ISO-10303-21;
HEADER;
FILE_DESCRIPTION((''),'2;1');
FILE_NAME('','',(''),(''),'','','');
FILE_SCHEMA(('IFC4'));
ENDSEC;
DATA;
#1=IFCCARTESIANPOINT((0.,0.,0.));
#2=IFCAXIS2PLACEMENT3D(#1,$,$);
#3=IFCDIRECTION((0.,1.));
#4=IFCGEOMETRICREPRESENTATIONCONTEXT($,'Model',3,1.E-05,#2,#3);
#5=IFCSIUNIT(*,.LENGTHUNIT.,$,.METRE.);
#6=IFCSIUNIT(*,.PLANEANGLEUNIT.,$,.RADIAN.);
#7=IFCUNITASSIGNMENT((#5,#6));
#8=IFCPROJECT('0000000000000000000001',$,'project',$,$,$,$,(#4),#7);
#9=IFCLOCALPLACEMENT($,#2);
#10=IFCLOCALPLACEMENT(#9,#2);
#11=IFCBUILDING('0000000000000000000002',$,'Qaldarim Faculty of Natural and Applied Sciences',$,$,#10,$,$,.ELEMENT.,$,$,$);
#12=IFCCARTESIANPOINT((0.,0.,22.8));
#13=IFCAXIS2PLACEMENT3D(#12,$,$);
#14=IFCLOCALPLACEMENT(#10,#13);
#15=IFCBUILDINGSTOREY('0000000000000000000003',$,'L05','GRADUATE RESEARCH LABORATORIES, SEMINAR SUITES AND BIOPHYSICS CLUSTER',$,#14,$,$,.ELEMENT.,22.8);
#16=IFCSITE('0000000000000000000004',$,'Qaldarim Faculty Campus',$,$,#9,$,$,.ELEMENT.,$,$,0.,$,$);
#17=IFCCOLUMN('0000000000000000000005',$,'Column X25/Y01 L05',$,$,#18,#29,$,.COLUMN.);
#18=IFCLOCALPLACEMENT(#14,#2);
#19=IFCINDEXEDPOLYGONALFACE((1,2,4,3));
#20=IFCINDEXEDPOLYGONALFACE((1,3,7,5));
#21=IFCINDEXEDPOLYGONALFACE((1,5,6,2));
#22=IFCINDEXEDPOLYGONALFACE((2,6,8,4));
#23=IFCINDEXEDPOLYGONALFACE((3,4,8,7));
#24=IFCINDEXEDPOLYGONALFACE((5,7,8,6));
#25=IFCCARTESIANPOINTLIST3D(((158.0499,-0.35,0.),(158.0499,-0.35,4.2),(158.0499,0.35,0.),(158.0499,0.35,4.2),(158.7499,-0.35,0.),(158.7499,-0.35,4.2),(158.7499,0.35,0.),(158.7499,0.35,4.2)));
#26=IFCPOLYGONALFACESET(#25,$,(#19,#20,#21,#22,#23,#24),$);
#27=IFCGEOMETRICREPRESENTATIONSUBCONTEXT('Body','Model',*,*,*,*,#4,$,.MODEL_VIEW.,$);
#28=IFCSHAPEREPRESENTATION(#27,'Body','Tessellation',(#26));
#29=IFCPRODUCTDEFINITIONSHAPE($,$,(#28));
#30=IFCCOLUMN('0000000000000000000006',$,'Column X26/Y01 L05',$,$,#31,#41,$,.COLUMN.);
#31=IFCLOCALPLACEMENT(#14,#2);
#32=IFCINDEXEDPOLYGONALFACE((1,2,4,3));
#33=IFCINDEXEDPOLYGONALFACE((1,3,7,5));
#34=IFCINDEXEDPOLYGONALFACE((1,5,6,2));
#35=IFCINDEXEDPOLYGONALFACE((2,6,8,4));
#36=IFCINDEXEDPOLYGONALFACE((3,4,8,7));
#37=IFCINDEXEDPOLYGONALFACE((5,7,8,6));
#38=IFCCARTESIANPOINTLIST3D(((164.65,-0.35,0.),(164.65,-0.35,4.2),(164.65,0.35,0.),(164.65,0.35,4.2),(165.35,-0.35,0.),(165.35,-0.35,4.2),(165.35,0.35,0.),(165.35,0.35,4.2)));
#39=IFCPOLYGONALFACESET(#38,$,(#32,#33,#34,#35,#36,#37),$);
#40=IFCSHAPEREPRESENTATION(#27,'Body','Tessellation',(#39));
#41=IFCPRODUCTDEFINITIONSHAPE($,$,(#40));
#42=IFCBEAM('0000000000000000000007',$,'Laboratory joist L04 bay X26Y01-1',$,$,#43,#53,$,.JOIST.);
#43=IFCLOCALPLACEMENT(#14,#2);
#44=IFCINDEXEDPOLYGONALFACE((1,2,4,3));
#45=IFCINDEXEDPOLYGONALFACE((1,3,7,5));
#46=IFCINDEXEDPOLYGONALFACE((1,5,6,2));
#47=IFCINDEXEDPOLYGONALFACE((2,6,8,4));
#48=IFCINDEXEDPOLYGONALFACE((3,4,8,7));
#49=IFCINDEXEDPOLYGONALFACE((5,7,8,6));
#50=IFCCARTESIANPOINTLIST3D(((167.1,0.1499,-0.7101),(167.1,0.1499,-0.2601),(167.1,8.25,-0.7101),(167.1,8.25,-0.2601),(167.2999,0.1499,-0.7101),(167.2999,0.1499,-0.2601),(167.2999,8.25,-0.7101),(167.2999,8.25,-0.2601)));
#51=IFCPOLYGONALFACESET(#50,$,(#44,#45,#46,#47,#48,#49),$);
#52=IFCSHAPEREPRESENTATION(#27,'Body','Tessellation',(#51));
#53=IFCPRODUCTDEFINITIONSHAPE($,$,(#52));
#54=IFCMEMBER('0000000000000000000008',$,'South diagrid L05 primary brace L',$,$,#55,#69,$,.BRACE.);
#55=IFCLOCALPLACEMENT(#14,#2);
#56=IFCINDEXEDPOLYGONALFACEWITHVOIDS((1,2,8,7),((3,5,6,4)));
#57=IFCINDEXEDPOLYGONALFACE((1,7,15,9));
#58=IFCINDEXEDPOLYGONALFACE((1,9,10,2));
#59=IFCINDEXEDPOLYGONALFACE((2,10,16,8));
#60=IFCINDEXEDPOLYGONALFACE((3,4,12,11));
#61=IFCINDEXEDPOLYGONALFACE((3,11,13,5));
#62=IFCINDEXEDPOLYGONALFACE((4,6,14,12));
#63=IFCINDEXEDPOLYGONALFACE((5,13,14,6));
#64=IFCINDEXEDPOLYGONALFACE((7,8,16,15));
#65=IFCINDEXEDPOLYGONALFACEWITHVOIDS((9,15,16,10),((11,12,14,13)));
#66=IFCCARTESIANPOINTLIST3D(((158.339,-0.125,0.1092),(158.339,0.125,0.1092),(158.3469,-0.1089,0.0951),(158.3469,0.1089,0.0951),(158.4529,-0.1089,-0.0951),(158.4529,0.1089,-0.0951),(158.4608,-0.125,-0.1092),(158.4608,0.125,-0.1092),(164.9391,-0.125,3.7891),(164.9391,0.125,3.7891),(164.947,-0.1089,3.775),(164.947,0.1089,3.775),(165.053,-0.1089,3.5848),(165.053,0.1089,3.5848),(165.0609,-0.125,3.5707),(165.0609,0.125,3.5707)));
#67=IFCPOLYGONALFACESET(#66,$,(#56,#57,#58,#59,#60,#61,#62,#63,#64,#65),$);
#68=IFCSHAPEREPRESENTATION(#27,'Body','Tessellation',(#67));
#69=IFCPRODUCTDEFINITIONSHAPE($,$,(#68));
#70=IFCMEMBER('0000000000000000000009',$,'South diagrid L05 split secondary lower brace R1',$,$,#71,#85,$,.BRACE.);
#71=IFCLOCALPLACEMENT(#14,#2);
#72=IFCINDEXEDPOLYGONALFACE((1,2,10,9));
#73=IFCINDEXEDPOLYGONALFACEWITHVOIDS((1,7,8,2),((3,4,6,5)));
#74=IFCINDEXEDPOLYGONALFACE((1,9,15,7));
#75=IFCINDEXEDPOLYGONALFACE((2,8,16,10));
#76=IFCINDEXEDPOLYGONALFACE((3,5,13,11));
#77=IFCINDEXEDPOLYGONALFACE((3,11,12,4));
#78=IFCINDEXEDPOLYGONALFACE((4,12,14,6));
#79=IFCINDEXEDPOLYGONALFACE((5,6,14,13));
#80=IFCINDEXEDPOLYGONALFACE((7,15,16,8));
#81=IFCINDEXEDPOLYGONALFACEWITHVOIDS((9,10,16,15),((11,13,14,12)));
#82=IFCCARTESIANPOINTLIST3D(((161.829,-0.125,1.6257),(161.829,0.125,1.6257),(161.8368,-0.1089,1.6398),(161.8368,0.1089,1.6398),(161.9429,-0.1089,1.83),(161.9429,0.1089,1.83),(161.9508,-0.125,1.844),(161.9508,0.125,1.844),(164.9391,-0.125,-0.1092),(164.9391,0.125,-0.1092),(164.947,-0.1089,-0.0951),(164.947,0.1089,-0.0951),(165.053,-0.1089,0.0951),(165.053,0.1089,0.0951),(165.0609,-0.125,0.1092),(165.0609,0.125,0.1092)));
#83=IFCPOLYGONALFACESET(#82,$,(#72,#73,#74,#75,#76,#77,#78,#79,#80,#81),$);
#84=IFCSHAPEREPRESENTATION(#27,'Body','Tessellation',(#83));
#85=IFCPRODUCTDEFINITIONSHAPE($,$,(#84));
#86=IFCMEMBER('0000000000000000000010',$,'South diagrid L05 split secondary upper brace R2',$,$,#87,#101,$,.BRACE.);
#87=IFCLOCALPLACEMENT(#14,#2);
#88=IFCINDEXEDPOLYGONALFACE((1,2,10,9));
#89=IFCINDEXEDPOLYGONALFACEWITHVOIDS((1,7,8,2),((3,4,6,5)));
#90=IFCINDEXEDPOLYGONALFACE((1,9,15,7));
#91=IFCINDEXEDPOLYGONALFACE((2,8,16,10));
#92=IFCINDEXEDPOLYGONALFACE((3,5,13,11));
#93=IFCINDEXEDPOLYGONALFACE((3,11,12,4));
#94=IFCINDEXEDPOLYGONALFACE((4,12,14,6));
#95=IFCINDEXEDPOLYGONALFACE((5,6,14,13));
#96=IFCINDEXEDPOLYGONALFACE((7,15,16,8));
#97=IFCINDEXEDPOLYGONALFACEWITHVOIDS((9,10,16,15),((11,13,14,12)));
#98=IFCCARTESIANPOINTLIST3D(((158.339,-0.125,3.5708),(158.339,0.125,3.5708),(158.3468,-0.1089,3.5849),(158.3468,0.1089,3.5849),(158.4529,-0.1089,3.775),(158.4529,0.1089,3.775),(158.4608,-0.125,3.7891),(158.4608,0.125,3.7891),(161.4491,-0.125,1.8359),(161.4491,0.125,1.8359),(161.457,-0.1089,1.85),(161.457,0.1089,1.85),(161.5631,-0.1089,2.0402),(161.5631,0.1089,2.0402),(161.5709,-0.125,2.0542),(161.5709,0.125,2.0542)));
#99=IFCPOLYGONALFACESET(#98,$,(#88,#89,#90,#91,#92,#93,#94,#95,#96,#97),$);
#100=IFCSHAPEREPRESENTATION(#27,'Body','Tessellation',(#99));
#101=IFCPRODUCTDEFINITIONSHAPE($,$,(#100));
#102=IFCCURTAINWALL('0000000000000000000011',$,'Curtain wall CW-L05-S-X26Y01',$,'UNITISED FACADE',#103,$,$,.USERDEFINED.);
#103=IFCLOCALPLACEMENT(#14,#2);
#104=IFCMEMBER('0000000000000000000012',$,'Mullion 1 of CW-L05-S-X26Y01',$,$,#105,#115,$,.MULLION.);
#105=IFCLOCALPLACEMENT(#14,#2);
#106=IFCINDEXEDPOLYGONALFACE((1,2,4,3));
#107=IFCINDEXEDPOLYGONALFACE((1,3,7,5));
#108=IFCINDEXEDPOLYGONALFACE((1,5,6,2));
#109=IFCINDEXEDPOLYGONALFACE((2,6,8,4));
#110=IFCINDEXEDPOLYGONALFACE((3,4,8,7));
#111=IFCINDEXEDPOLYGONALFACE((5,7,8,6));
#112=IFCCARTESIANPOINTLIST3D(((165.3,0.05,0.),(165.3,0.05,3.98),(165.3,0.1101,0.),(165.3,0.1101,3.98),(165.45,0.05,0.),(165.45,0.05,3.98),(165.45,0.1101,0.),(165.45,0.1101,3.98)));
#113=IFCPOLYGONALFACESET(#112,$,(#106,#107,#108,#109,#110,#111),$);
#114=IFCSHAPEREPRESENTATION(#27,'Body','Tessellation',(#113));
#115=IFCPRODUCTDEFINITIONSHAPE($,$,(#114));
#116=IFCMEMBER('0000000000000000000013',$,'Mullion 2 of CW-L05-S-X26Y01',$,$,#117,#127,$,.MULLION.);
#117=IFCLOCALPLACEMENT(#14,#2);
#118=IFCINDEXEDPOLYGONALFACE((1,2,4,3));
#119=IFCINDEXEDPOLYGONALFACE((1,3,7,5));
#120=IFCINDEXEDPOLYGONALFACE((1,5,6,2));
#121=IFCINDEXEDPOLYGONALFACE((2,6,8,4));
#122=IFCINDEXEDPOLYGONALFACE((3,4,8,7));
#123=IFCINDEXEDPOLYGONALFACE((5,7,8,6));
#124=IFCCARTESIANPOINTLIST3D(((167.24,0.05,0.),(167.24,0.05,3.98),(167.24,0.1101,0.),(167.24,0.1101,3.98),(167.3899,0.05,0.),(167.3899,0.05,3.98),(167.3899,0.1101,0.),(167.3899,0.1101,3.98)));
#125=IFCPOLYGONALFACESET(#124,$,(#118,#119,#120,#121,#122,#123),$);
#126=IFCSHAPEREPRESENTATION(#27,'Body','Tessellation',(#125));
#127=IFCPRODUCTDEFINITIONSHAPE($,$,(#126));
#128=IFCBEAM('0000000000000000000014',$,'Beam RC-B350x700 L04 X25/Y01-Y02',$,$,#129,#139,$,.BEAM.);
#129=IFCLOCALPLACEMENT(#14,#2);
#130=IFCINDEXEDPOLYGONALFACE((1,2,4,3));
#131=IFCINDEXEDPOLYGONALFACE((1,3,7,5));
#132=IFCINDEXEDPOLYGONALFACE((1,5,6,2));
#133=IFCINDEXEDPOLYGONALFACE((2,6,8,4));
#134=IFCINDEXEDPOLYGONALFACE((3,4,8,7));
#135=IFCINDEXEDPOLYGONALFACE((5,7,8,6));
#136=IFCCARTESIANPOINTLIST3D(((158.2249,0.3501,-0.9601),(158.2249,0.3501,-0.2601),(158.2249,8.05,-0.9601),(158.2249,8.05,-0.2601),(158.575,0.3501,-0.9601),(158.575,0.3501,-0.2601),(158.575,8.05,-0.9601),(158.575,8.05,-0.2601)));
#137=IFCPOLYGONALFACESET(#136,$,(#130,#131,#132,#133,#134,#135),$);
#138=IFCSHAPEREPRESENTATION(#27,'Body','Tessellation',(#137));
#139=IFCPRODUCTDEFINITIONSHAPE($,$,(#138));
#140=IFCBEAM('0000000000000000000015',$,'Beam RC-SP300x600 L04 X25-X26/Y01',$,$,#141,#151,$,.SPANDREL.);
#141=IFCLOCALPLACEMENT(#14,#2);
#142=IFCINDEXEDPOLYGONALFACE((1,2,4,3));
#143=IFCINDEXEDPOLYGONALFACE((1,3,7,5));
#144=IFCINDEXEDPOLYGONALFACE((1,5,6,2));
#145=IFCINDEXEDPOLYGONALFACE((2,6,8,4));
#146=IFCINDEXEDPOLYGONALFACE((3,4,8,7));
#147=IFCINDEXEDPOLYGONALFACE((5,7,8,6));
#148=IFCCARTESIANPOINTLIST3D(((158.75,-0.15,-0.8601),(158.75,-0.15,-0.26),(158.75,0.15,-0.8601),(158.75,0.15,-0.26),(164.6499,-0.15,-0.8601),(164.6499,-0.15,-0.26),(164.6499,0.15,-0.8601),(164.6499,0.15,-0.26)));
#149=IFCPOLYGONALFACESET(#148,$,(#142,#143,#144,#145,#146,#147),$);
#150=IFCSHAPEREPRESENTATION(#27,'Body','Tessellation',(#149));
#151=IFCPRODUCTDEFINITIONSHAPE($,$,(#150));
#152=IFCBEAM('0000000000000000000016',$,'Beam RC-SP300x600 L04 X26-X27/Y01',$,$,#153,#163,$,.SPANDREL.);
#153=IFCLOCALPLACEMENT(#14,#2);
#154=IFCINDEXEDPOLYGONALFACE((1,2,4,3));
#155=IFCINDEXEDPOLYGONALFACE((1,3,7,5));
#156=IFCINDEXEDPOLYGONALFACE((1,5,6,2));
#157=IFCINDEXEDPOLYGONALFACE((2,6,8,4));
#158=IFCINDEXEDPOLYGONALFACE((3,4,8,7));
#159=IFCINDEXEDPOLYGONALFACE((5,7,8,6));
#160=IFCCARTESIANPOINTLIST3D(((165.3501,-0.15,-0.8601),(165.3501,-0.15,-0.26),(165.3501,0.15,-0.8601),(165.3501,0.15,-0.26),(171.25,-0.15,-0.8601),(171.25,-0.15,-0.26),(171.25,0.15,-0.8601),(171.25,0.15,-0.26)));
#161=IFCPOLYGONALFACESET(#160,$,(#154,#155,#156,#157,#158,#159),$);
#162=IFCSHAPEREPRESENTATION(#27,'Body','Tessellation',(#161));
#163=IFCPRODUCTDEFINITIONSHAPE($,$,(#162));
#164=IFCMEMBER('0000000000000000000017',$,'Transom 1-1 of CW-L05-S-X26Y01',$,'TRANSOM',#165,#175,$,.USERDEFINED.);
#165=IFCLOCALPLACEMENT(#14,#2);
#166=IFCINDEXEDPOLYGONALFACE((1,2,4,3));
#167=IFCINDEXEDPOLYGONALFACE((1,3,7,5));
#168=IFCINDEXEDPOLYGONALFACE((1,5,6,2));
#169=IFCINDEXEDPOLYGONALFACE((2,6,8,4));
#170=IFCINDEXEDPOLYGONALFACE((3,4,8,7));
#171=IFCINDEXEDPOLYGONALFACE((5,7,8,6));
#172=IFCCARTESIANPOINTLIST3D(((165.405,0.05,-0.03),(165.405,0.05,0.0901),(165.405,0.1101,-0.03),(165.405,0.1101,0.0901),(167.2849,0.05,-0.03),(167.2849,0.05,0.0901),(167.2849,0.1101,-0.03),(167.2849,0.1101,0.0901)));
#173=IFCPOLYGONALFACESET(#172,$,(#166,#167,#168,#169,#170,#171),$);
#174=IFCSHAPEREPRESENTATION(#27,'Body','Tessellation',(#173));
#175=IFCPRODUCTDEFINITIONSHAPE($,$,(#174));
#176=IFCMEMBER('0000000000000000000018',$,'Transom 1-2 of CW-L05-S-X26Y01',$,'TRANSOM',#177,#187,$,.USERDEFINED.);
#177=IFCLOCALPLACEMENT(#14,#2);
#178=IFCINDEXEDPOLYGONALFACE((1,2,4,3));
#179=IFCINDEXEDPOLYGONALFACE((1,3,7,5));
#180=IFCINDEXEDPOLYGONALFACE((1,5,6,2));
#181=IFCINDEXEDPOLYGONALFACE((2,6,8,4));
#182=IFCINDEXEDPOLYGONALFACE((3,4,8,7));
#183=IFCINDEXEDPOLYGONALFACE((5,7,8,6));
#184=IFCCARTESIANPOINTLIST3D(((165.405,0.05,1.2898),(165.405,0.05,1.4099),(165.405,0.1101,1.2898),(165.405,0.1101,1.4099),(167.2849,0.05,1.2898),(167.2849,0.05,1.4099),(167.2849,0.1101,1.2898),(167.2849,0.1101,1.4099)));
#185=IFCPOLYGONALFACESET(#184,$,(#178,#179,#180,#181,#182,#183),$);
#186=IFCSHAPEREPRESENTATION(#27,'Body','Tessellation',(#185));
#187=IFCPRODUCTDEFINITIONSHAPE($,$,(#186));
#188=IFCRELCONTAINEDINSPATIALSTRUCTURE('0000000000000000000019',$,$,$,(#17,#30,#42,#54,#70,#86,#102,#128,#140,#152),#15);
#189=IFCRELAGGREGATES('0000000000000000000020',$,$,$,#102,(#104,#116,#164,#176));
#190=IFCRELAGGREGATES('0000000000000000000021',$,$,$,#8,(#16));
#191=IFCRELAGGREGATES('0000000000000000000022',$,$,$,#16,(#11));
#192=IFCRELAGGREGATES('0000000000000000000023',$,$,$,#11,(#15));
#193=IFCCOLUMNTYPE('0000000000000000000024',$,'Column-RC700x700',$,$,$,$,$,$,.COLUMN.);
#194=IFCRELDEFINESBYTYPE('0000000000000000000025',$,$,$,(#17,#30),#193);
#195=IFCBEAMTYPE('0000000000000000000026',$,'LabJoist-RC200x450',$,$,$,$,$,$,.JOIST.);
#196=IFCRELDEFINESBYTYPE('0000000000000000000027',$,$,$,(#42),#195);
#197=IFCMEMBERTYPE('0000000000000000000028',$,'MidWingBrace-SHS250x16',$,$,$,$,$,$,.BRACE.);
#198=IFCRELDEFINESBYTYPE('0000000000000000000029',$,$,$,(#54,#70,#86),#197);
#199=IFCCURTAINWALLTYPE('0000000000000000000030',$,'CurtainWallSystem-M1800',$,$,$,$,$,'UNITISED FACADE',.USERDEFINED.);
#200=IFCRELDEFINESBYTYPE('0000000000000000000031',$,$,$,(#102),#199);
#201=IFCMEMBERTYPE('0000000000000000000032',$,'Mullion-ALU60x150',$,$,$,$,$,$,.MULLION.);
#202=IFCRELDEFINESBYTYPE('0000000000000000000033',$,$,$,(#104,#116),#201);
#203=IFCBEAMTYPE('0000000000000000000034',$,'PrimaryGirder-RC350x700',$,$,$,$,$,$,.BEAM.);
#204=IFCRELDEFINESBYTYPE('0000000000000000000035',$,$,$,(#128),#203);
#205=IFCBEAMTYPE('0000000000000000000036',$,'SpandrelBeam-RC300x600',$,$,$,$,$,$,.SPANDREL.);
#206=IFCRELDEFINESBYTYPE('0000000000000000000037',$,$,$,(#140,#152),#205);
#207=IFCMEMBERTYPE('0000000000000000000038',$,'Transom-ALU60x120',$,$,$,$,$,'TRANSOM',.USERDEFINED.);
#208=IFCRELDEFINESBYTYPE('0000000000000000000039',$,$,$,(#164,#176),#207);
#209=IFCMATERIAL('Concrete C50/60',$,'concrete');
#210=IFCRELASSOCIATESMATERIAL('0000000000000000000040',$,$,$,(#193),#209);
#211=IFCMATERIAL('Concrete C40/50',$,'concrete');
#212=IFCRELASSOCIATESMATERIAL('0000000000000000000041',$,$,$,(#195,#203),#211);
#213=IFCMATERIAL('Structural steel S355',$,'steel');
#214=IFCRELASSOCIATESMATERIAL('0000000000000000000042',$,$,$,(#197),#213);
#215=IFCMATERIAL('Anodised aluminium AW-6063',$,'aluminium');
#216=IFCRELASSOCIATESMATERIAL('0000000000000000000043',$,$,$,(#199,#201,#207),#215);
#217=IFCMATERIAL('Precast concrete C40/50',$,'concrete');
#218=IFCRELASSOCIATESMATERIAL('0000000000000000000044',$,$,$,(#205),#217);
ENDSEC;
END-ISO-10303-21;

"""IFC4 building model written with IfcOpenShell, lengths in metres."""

from ifc_helpers import new_model, si_unit, direction, frame, origin, origin_2d, place, context, subcontext, project, spatial, rectangle, hollow_rectangle, extrude, material, material_profile, profile_set, type_object, element, aggregate, save


model = new_model("IFC4")

# Units and contexts
model_context = context("Model", 3, precision=1e-05, world=origin(), true_north=direction((0.0, 1.0)))
body_context = subcontext(model_context, "Body", "Model", "MODEL_VIEW")
ifc_project = project(units=[si_unit("LENGTHUNIT", "METRE"), si_unit("PLANEANGLEUNIT", "RADIAN")], contexts=[model_context])

# Site, building, storey
site_placement = place(None, origin())
site = spatial("IfcSite", under=ifc_project, at=site_placement, Name="Qaldarim Faculty Campus", CompositionType="ELEMENT", RefElevation=0.0)
building_placement = place(site_placement, origin())
building = spatial("IfcBuilding", under=site, at=building_placement, Name="Qaldarim Faculty of Natural and Applied Sciences", CompositionType="ELEMENT")
storey_placement = place(building_placement, frame((0.0, 0.0, 22.8)))
storey = spatial("IfcBuildingStorey", under=building, at=storey_placement, Name="L05", Description="GRADUATE RESEARCH LABORATORIES, SEMINAR SUITES AND BIOPHYSICS CLUSTER", CompositionType="ELEMENT", Elevation=22.8)

# Columns
ifc_material_1 = material(Name="Concrete C50/60", Category="concrete")
ifc_material_profile_1 = material_profile(ifc_material_1, rectangle(XDim=0.7, YDim=0.7, at=origin_2d()), Name="RC-C700x700")
ifc_profile_set_1 = profile_set([ifc_material_profile_1], Name="Concrete C50/60")
column_type = type_object("IfcColumnType", Name="Column-RC700x700", PredefinedType="COLUMN", material=ifc_profile_set_1)
for number, where, z_axis, x_axis, name in (
    (1, (158.3999, 0.0, 0.0), (0.0, 0.0, 1.0), (1.0, 0.0, 0.0), "Column X25/Y01 L05"),
    (2, (165.0, 0.0, 0.0), (0.0, 0.0, 1.0), (1.0, 0.0, 0.0), "Column X26/Y01 L05"),
):
    element("IfcColumn", number, at=place(storey_placement, frame(where, z_axis=z_axis, x_axis=x_axis)), inside=storey, type_object=column_type, Name=name, PredefinedType="COLUMN", context=body_context, shape_type="SweptSolid", body=[
        extrude(rectangle(XDim=0.7, YDim=0.7, at=origin_2d()), origin(), (0.0, 0.0, 1.0), 4.2),
    ])

# Beam
ifc_material_2 = material(Name="Concrete C40/50", Category="concrete")
ifc_material_profile_2 = material_profile(ifc_material_2, rectangle(XDim=0.2, YDim=0.45, at=origin_2d()), Name="RC-J200x450")
ifc_profile_set_2 = profile_set([ifc_material_profile_2], Name="Concrete C40/50")
beam_type_1 = type_object("IfcBeamType", Name="LabJoist-RC200x450", PredefinedType="JOIST", material=ifc_profile_set_2)
beam_1_placement = place(storey_placement, frame((167.2, 0.1499, -0.4851), z_axis=(0.0, 1.0, 0.0), x_axis=(-1.0, 0.0, 0.0)))
element("IfcBeam", 3, at=beam_1_placement, inside=storey, type_object=beam_type_1, Name="Laboratory joist L04 bay X26Y01-1", PredefinedType="JOIST", context=body_context, shape_type="SweptSolid", body=[
    extrude(rectangle(XDim=0.2, YDim=0.45, at=origin_2d()), origin(), (0.0, 0.0, 1.0), 8.1001),
])

# Members
ifc_material_3 = material(Name="Structural steel S355", Category="steel")
ifc_material_profile_3 = material_profile(ifc_material_3, hollow_rectangle(XDim=0.25, YDim=0.25, WallThickness=0.0161, at=origin_2d()), Name="SHS 250x250x16.0")
ifc_profile_set_3 = profile_set([ifc_material_profile_3], Name="Structural steel S355")
member_type_1 = type_object("IfcMemberType", Name="MidWingBrace-SHS250x16", PredefinedType="BRACE", material=ifc_profile_set_3)
member_1_placement = place(storey_placement, frame((158.3999, 0.0, 0.0), z_axis=(0.873414, 0.0, 0.486978), x_axis=(0.0, 1.0, 0.0)))
element("IfcMember", 4, at=member_1_placement, inside=storey, type_object=member_type_1, Name="South diagrid L05 primary brace L", PredefinedType="BRACE", context=body_context, shape_type="SweptSolid", body=[
    extrude(hollow_rectangle(XDim=0.25, YDim=0.25, WallThickness=0.0161, at=origin_2d()), origin(), (0.0, 0.0, 1.0), 7.5566),
])
for number, where, z_axis, x_axis, name in (
    (5, (165.0, 0.0, 0.0), (-0.873318, 0.0, 0.48715), (0.0, -1.0, 0.0), "South diagrid L05 split secondary lower brace R1"),
    (6, (161.51, 0.0, 1.9451), (-0.873318, 0.0, 0.48715), (0.0, -1.0, 0.0), "South diagrid L05 split secondary upper brace R2"),
):
    element("IfcMember", number, at=place(storey_placement, frame(where, z_axis=z_axis, x_axis=x_axis)), inside=storey, type_object=member_type_1, Name=name, PredefinedType="BRACE", context=body_context, shape_type="SweptSolid", body=[
        extrude(hollow_rectangle(XDim=0.25, YDim=0.25, WallThickness=0.0161, at=origin_2d()), origin(), (0.0, 0.0, 1.0), 3.5613),
    ])

# Curtain wall, members
ifc_material_4 = material(Name="Anodised aluminium AW-6063", Category="aluminium")
curtain_wall_type = type_object("IfcCurtainWallType", Name="CurtainWallSystem-M1800", ElementType="UNITISED FACADE", PredefinedType="USERDEFINED", material=ifc_material_4)
curtain_wall_placement = place(storey_placement, origin())
curtain_wall = element("IfcCurtainWall", 7, at=curtain_wall_placement, inside=storey, type_object=curtain_wall_type, Name="Curtain wall CW-L05-S-X26Y01", ObjectType="UNITISED FACADE", PredefinedType="USERDEFINED")
ifc_material_profile_4 = material_profile(ifc_material_4, rectangle(XDim=0.0601, YDim=0.1499, at=origin_2d()), Name="ALU-M60x150")
ifc_profile_set_4 = profile_set([ifc_material_profile_4], Name="Anodised aluminium AW-6063")
member_type_2 = type_object("IfcMemberType", Name="Mullion-ALU60x150", PredefinedType="MULLION", material=ifc_profile_set_4)
member_2_placement = place(storey_placement, frame((165.375, 0.0801, 0.0), z_axis=(0.0, 0.0, 1.0), x_axis=(0.0, 1.0, 0.0)))
member_2 = element("IfcMember", 8, at=member_2_placement, type_object=member_type_2, Name="Mullion 1 of CW-L05-S-X26Y01", PredefinedType="MULLION", context=body_context, shape_type="SweptSolid", body=[
    extrude(rectangle(XDim=0.0601, YDim=0.1499, at=origin_2d()), origin(), (0.0, 0.0, 1.0), 3.98),
])
member_3_placement = place(storey_placement, frame((167.3149, 0.0801, 0.0), z_axis=(0.0, 0.0, 1.0), x_axis=(0.0, 1.0, 0.0)))
member_3 = element("IfcMember", 9, at=member_3_placement, type_object=member_type_2, Name="Mullion 2 of CW-L05-S-X26Y01", PredefinedType="MULLION", context=body_context, shape_type="SweptSolid", body=[
    extrude(rectangle(XDim=0.0601, YDim=0.1499, at=origin_2d()), origin(), (0.0, 0.0, 1.0), 3.98),
])

# Beams
ifc_material_profile_5 = material_profile(ifc_material_2, rectangle(XDim=0.3501, YDim=0.7, at=origin_2d()), Name="RC-B350x700")
ifc_profile_set_5 = profile_set([ifc_material_profile_5], Name="Concrete C40/50")
beam_type_2 = type_object("IfcBeamType", Name="PrimaryGirder-RC350x700", PredefinedType="BEAM", material=ifc_profile_set_5)
beam_2_placement = place(storey_placement, frame((158.3999, 0.3501, -0.6101), z_axis=(0.0, 1.0, 0.0), x_axis=(-1.0, 0.0, 0.0)))
element("IfcBeam", 10, at=beam_2_placement, inside=storey, type_object=beam_type_2, Name="Beam RC-B350x700 L04 X25/Y01-Y02", PredefinedType="BEAM", context=body_context, shape_type="SweptSolid", body=[
    extrude(rectangle(XDim=0.3501, YDim=0.7, at=origin_2d()), origin(), (0.0, 0.0, 1.0), 7.7),
])
ifc_material_5 = material(Name="Precast concrete C40/50", Category="concrete")
ifc_material_profile_6 = material_profile(ifc_material_5, rectangle(XDim=0.3, YDim=0.6001, at=origin_2d()), Name="RC-SP300x600")
ifc_profile_set_6 = profile_set([ifc_material_profile_6], Name="Precast concrete C40/50")
beam_type_3 = type_object("IfcBeamType", Name="SpandrelBeam-RC300x600", PredefinedType="SPANDREL", material=ifc_profile_set_6)
for number, where, z_axis, x_axis, name in (
    (11, (158.75, 0.0, -0.5601), (1.0, 0.0, 0.0), (0.0, 1.0, 0.0), "Beam RC-SP300x600 L04 X25-X26/Y01"),
    (12, (165.3501, 0.0, -0.5601), (1.0, 0.0, 0.0), (0.0, 1.0, 0.0), "Beam RC-SP300x600 L04 X26-X27/Y01"),
):
    element("IfcBeam", number, at=place(storey_placement, frame(where, z_axis=z_axis, x_axis=x_axis)), inside=storey, type_object=beam_type_3, Name=name, PredefinedType="SPANDREL", context=body_context, shape_type="SweptSolid", body=[
        extrude(rectangle(XDim=0.3, YDim=0.6001, at=origin_2d()), origin(), (0.0, 0.0, 1.0), 5.8999),
    ])

# Members
ifc_material_profile_7 = material_profile(ifc_material_4, rectangle(XDim=0.0601, YDim=0.1201, at=origin_2d()), Name="ALU-T60x120")
ifc_profile_set_7 = profile_set([ifc_material_profile_7], Name="Anodised aluminium AW-6063")
member_type_3 = type_object("IfcMemberType", Name="Transom-ALU60x120", ElementType="TRANSOM", PredefinedType="USERDEFINED", material=ifc_profile_set_7)
member_4_placement = place(storey_placement, frame((165.405, 0.0801, 0.03), z_axis=(1.0, 0.0, 0.0), x_axis=(0.0, 1.0, 0.0)))
member_4 = element("IfcMember", 13, at=member_4_placement, type_object=member_type_3, Name="Transom 1-1 of CW-L05-S-X26Y01", ObjectType="TRANSOM", PredefinedType="USERDEFINED", context=body_context, shape_type="SweptSolid", body=[
    extrude(rectangle(XDim=0.0601, YDim=0.1201, at=origin_2d()), origin(), (0.0, 0.0, 1.0), 1.8799),
])
member_5_placement = place(storey_placement, frame((165.405, 0.0801, 1.3499), z_axis=(1.0, 0.0, 0.0), x_axis=(0.0, 1.0, 0.0)))
member_5 = element("IfcMember", 14, at=member_5_placement, type_object=member_type_3, Name="Transom 1-2 of CW-L05-S-X26Y01", ObjectType="TRANSOM", PredefinedType="USERDEFINED", context=body_context, shape_type="SweptSolid", body=[
    extrude(rectangle(XDim=0.0601, YDim=0.1201, at=origin_2d()), origin(), (0.0, 0.0, 1.0), 1.8799),
])

aggregate(curtain_wall, [member_2, member_3, member_4, member_5])

save(model, "model.ifc")
